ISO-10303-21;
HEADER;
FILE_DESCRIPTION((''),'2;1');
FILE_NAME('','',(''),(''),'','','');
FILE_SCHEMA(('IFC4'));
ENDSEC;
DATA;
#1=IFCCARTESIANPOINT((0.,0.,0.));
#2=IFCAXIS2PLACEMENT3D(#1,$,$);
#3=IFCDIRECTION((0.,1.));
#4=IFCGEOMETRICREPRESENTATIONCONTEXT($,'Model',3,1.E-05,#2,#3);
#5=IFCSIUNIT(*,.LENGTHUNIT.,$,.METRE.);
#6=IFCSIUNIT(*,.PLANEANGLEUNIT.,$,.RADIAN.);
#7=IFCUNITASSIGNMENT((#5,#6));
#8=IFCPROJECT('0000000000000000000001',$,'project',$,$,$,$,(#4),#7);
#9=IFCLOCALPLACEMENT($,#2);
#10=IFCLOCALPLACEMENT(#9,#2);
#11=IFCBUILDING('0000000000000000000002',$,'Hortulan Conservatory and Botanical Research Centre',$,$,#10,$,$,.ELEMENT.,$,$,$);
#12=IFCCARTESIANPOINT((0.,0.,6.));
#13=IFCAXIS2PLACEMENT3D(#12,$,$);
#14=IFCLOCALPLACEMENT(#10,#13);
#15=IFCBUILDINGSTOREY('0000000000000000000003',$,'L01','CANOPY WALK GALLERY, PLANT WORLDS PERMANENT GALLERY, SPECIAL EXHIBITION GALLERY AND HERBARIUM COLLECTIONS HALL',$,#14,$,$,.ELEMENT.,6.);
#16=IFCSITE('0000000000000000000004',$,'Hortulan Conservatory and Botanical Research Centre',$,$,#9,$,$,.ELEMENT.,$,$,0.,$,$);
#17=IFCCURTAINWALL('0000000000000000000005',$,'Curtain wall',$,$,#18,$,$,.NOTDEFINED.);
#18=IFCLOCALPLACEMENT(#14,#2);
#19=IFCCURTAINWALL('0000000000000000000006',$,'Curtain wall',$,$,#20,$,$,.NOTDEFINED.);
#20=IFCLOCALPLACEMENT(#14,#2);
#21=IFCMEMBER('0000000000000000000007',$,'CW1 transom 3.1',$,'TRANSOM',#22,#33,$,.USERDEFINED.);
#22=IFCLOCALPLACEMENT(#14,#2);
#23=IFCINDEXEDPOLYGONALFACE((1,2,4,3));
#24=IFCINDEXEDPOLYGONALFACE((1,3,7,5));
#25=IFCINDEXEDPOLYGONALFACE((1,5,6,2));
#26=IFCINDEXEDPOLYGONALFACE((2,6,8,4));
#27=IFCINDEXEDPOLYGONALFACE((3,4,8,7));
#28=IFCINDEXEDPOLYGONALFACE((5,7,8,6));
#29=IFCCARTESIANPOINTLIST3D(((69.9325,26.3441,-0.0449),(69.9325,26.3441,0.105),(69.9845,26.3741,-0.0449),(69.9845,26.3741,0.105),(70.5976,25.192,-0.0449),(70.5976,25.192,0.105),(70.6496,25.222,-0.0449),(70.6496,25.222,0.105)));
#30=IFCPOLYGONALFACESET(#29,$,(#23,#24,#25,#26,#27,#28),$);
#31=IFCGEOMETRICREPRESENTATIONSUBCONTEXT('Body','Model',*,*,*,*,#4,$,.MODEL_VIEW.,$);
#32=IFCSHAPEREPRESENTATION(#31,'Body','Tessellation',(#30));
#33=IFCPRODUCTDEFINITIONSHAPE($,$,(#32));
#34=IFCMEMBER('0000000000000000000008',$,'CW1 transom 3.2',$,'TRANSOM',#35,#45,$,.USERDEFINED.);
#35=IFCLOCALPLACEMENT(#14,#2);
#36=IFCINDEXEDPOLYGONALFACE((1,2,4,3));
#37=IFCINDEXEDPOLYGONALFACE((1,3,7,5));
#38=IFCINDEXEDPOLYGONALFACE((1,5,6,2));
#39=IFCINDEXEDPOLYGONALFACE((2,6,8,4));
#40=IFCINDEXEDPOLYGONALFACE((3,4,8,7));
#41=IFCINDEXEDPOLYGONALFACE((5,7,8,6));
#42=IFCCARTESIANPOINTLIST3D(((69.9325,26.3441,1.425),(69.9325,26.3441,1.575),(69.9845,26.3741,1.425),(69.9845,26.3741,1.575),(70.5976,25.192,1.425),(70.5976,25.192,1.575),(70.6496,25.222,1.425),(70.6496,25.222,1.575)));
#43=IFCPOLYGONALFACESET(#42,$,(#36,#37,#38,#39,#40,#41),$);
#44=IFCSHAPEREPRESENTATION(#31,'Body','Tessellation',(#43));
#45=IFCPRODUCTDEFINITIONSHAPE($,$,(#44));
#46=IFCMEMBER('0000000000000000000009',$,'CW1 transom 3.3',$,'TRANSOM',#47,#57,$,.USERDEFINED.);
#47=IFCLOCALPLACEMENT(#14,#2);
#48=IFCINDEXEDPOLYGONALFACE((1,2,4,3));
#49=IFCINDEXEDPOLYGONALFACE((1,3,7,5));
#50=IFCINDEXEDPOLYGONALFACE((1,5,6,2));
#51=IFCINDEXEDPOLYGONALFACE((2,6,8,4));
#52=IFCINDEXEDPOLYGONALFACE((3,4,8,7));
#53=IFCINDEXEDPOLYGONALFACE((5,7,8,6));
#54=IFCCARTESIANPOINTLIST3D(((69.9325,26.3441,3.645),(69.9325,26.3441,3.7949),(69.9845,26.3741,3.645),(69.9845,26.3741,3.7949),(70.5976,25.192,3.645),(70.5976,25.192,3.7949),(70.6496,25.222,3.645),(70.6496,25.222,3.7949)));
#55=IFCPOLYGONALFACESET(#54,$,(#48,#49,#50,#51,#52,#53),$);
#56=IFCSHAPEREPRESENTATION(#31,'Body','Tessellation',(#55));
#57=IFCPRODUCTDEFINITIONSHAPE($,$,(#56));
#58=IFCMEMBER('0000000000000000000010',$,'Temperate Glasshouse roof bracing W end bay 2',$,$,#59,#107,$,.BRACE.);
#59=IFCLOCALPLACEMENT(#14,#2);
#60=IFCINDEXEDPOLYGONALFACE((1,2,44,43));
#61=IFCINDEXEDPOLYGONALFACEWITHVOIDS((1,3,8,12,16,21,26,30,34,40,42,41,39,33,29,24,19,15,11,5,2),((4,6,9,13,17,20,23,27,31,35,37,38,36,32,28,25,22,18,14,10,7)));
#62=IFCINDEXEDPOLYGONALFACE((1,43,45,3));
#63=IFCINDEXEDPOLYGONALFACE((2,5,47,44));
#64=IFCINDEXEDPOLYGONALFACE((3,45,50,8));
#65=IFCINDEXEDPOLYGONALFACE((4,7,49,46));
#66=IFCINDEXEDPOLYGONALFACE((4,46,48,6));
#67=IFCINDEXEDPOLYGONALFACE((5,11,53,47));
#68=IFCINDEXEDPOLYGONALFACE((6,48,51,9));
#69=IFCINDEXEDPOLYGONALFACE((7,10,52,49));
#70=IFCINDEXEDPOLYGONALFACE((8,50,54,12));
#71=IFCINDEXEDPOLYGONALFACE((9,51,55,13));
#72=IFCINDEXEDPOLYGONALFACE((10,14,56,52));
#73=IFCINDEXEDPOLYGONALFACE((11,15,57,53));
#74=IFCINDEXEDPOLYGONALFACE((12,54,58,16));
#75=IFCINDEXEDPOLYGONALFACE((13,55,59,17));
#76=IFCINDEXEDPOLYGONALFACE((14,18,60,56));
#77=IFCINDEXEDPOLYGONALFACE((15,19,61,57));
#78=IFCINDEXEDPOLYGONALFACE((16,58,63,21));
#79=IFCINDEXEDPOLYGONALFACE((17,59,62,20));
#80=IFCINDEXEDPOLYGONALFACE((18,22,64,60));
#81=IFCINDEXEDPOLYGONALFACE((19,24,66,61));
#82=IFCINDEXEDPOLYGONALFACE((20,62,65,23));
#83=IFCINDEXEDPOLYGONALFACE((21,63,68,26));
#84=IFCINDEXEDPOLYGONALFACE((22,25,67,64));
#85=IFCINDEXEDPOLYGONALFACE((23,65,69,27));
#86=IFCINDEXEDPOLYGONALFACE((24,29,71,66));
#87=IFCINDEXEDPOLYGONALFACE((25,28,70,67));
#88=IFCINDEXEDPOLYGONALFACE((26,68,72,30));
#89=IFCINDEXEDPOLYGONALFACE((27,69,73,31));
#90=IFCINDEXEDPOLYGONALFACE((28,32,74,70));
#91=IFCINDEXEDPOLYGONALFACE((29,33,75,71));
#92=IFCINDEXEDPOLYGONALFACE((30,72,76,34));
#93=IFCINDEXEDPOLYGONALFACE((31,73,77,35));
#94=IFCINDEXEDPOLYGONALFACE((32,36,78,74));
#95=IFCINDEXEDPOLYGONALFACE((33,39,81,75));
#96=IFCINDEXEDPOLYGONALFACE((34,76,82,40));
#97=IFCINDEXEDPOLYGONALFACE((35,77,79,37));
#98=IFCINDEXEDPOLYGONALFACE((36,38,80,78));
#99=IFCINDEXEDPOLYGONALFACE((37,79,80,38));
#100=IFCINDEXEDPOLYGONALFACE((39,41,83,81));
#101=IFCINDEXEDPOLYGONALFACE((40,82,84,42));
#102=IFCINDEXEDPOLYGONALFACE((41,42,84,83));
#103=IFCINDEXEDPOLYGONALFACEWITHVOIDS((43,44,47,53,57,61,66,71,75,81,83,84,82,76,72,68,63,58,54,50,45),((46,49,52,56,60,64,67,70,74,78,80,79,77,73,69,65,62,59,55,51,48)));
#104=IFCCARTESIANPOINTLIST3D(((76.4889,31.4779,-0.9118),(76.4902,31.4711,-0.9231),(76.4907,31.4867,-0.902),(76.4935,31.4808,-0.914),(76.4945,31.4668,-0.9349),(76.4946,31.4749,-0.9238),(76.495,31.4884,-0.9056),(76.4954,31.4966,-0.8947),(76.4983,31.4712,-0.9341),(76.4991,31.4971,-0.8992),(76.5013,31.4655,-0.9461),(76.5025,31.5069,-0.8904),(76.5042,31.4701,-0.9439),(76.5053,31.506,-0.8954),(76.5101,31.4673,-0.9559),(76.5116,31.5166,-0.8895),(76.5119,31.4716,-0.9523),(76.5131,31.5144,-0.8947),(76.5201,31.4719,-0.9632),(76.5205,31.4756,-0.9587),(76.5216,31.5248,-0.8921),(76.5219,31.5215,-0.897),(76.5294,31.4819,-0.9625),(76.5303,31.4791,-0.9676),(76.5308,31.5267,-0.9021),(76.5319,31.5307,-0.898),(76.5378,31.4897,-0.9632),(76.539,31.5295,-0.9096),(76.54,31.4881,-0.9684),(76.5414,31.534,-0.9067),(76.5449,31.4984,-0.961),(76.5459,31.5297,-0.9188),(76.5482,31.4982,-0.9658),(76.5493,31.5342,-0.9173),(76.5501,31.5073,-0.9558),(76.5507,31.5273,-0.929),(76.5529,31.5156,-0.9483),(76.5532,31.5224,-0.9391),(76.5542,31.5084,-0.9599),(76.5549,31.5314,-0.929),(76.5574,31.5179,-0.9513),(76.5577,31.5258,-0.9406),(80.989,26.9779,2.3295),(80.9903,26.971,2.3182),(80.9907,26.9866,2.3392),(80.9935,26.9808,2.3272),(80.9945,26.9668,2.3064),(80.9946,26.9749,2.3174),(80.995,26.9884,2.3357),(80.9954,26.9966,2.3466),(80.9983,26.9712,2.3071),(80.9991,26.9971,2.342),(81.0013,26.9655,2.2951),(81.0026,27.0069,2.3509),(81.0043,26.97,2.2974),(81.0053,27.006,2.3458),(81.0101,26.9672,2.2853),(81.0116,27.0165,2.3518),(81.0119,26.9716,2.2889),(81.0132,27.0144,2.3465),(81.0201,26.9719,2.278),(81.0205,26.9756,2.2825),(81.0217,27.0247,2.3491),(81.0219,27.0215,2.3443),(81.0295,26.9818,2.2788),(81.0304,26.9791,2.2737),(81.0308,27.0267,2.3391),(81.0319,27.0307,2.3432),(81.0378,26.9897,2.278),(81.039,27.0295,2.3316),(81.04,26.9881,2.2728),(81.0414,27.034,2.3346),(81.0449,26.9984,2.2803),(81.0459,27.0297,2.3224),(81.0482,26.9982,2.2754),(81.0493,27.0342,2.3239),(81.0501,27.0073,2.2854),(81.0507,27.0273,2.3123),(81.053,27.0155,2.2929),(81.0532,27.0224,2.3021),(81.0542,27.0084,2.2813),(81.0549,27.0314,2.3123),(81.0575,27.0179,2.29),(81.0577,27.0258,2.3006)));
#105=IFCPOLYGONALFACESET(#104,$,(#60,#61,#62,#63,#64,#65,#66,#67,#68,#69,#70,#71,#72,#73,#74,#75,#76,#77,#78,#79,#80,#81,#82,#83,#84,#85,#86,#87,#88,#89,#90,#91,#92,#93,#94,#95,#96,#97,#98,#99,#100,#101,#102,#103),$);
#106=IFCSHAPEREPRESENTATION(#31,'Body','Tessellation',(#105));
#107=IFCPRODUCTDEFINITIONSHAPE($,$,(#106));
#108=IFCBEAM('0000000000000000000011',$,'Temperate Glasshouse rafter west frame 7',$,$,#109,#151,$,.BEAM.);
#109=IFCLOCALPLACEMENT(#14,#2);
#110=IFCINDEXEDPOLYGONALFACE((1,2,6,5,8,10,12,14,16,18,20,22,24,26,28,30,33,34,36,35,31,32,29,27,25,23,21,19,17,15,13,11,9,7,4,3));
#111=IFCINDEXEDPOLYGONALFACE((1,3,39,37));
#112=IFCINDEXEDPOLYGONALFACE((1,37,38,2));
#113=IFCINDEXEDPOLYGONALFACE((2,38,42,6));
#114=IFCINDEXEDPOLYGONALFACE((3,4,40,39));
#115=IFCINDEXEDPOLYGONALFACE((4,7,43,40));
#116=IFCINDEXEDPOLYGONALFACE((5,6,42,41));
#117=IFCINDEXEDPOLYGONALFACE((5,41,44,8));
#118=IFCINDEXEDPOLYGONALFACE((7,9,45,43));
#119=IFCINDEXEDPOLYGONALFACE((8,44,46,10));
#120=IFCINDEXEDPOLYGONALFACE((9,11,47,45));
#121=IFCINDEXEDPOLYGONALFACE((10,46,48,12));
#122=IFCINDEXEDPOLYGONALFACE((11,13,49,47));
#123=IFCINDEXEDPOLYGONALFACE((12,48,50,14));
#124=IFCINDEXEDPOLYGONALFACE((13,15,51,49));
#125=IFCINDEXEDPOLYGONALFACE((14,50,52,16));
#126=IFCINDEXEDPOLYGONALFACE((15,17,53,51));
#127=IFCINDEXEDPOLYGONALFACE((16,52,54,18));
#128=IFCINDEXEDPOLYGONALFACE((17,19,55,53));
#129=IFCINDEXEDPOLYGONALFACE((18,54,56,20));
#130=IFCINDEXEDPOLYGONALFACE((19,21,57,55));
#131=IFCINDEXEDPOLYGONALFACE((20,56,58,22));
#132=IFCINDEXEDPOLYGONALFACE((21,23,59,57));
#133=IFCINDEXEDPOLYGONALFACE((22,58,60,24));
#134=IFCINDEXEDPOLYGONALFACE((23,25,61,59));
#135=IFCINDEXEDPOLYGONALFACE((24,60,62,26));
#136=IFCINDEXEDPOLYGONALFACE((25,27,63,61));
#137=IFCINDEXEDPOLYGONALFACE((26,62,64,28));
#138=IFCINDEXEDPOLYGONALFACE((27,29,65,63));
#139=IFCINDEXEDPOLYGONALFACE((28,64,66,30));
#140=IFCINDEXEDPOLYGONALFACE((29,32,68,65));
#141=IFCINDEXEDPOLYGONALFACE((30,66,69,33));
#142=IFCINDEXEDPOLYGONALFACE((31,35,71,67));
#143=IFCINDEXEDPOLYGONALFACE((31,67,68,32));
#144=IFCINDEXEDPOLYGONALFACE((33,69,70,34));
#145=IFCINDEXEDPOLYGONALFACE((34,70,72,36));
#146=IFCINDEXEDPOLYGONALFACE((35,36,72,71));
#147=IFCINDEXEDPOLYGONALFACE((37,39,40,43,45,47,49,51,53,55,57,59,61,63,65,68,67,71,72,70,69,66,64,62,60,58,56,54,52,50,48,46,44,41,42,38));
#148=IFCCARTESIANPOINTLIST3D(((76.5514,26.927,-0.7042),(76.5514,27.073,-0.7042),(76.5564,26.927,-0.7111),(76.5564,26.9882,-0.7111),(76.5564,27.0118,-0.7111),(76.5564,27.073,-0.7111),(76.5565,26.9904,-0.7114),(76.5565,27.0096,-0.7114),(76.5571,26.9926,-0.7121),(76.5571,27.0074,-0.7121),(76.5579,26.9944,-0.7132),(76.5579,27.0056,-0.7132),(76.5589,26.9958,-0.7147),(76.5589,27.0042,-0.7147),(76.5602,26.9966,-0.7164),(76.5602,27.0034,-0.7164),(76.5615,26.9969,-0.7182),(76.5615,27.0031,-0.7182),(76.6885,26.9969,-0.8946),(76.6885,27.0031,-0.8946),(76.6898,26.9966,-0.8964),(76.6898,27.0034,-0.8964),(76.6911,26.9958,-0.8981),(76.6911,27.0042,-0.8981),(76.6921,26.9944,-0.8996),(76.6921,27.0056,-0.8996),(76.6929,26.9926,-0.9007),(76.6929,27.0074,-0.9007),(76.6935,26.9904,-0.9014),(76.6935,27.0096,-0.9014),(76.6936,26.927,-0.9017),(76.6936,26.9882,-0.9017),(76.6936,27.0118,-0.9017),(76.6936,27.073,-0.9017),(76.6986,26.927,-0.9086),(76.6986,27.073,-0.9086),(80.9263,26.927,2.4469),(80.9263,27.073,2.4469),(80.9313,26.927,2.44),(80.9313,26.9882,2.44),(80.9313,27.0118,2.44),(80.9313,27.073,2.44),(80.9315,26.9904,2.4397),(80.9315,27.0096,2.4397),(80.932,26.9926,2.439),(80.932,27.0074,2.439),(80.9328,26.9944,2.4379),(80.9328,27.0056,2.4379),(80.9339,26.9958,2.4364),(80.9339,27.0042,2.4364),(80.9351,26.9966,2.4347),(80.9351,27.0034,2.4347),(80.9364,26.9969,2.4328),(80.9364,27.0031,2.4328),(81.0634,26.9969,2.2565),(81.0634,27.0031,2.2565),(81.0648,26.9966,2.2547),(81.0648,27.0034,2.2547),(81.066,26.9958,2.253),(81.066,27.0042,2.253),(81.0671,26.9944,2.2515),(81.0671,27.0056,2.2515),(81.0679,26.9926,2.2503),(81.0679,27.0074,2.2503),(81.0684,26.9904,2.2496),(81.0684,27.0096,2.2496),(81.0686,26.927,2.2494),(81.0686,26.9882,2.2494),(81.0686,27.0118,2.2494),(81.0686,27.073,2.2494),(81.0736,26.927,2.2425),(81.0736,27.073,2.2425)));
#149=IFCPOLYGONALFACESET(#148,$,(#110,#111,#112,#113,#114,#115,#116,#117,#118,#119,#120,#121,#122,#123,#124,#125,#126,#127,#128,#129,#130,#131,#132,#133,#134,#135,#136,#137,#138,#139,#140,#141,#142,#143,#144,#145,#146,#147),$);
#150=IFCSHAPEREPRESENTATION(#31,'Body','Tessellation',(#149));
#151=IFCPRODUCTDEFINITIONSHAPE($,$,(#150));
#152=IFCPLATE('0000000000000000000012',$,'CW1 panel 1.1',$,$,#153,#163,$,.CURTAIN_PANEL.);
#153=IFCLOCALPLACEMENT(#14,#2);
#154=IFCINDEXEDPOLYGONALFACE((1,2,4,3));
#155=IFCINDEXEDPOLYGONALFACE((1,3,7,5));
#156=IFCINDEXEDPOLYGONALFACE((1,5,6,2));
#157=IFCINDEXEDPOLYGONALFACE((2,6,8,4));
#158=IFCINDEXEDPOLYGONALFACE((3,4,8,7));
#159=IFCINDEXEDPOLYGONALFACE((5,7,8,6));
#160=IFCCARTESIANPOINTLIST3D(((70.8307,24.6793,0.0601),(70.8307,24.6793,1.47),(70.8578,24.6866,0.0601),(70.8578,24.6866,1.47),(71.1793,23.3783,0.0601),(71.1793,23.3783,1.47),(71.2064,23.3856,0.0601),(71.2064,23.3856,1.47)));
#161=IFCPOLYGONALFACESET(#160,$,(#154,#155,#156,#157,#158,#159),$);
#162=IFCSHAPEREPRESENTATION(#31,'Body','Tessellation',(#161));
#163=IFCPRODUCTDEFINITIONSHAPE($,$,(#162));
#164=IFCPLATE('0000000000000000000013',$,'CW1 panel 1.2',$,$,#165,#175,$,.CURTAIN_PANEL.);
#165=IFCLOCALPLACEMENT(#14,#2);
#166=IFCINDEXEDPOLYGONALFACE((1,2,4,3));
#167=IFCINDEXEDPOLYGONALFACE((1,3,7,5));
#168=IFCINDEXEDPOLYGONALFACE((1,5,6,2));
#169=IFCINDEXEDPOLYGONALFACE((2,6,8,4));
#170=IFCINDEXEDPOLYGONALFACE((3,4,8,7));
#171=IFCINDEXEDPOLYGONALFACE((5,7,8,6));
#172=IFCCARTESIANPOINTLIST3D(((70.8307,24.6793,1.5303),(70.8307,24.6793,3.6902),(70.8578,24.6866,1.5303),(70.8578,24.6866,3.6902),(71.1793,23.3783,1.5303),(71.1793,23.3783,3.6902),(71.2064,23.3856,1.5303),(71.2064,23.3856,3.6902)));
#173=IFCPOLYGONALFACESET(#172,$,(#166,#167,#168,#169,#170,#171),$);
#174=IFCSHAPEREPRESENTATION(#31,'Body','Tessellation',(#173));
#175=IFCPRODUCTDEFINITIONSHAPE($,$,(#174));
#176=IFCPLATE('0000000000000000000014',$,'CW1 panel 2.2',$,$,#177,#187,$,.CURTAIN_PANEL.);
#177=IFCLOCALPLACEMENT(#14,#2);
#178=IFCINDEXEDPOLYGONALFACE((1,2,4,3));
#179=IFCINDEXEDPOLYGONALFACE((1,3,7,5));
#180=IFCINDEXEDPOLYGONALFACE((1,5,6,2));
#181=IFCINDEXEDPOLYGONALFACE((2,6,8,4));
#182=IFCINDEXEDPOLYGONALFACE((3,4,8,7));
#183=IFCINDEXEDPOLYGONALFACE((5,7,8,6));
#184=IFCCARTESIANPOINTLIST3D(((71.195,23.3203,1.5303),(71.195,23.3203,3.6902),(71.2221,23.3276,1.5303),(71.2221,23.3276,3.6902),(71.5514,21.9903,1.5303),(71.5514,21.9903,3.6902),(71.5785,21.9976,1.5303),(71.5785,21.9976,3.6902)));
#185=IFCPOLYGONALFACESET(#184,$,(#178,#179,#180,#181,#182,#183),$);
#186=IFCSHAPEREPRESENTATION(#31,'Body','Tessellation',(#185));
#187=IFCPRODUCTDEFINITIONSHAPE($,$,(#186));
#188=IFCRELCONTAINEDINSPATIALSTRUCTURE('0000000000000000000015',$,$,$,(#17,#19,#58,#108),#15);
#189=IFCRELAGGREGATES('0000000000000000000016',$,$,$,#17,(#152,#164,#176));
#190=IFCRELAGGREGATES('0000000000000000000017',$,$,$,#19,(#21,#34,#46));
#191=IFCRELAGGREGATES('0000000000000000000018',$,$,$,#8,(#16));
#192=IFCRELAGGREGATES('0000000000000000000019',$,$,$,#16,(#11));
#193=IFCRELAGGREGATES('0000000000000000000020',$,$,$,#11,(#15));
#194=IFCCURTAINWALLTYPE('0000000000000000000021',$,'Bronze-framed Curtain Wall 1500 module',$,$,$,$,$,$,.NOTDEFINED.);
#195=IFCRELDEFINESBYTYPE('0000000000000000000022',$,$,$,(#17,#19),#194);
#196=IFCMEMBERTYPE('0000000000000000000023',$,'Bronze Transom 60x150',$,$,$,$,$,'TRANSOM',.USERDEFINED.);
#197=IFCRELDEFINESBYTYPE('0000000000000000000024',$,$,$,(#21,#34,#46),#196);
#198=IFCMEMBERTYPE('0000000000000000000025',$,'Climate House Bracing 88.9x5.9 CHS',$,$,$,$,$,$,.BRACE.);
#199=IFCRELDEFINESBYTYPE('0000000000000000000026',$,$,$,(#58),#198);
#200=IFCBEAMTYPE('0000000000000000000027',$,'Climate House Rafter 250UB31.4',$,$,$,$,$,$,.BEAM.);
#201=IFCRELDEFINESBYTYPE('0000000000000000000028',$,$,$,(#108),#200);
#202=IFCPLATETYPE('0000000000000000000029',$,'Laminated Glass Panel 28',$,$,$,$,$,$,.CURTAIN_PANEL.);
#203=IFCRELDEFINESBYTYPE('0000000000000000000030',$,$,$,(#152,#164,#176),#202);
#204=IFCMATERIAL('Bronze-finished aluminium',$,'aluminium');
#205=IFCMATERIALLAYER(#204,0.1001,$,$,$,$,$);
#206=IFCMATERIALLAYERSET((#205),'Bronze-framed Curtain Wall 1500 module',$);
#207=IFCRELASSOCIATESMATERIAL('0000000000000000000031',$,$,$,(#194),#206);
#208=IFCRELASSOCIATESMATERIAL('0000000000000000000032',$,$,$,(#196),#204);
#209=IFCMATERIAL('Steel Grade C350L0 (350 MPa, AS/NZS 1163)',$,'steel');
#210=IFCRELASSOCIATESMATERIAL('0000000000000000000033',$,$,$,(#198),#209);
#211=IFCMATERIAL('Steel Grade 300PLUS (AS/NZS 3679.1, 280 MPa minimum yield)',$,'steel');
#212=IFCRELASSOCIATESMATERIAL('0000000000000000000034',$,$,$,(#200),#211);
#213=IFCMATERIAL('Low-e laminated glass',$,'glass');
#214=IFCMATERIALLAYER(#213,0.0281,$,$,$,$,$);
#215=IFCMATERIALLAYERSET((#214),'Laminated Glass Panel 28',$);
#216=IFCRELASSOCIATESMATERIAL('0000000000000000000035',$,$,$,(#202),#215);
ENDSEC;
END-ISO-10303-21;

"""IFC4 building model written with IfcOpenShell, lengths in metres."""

from ifc_helpers import new_model, si_unit, direction, frame, origin, origin_2d, place, context, subcontext, project, spatial, rectangle, hollow_circle, i_section, extrude, material, layer, layer_set, material_profile, profile_set, type_object, element, aggregate, save


model = new_model("IFC4")

# Units and contexts
model_context = context("Model", 3, precision=1e-05, world=origin(), true_north=direction((0.0, 1.0)))
body_context = subcontext(model_context, "Body", "Model", "MODEL_VIEW")
ifc_project = project(units=[si_unit("LENGTHUNIT", "METRE"), si_unit("PLANEANGLEUNIT", "RADIAN")], contexts=[model_context])

# Site, building, storey
site_placement = place(None, origin())
site = spatial("IfcSite", under=ifc_project, at=site_placement, Name="Hortulan Conservatory and Botanical Research Centre", CompositionType="ELEMENT", RefElevation=0.0)
building_placement = place(site_placement, origin())
building = spatial("IfcBuilding", under=site, at=building_placement, Name="Hortulan Conservatory and Botanical Research Centre", CompositionType="ELEMENT")
storey_placement = place(building_placement, frame((0.0, 0.0, 6.0)))
storey = spatial("IfcBuildingStorey", under=building, at=storey_placement, Name="L01", Description="CANOPY WALK GALLERY, PLANT WORLDS PERMANENT GALLERY, SPECIAL EXHIBITION GALLERY AND HERBARIUM COLLECTIONS HALL", CompositionType="ELEMENT", Elevation=6.0)

# Curtain wall
ifc_material_1 = material(Name="Bronze-finished aluminium", Category="aluminium")
ifc_layer_1 = layer(ifc_material_1, 0.1001)
ifc_layer_set_1 = layer_set([ifc_layer_1], Name="Bronze-framed Curtain Wall 1500 module")
curtain_wall_type = type_object("IfcCurtainWallType", Name="Bronze-framed Curtain Wall 1500 module", PredefinedType="NOTDEFINED", material=ifc_layer_set_1)
curtain_wall_1_placement = place(storey_placement, origin())
curtain_wall_1 = element("IfcCurtainWall", 1, at=curtain_wall_1_placement, inside=storey, type_object=curtain_wall_type, Name="Curtain wall", PredefinedType="NOTDEFINED")

# Curtain wall
curtain_wall_2_placement = place(storey_placement, origin())
curtain_wall_2 = element("IfcCurtainWall", 2, at=curtain_wall_2_placement, inside=storey, type_object=curtain_wall_type, Name="Curtain wall", PredefinedType="NOTDEFINED")

# Members
ifc_material_profile_1 = material_profile(ifc_material_1, rectangle(XDim=0.0601, YDim=0.1499, at=origin_2d()), Name="Bronze Transom 60x150")
ifc_profile_set_1 = profile_set([ifc_material_profile_1], Name="Bronze-finished aluminium")
member_type_1 = type_object("IfcMemberType", Name="Bronze Transom 60x150", ElementType="TRANSOM", PredefinedType="USERDEFINED", material=ifc_profile_set_1)
member_1_placement = place(storey_placement, frame((69.9585, 26.3591, 0.03), z_axis=(0.499929, -0.866066, 0.0), x_axis=(0.866066, 0.499929, 0.0)))
member_1 = element("IfcMember", 3, at=member_1_placement, type_object=member_type_1, Name="CW1 transom 3.1", ObjectType="TRANSOM", PredefinedType="USERDEFINED", context=body_context, shape_type="SweptSolid", body=[
    extrude(rectangle(XDim=0.0601, YDim=0.1499, at=origin_2d()), origin(), (0.0, 0.0, 1.0), 1.3303),
])
member_2_placement = place(storey_placement, frame((69.9585, 26.3591, 1.5), z_axis=(0.499929, -0.866066, 0.0), x_axis=(0.866066, 0.499929, 0.0)))
member_2 = element("IfcMember", 4, at=member_2_placement, type_object=member_type_1, Name="CW1 transom 3.2", ObjectType="TRANSOM", PredefinedType="USERDEFINED", context=body_context, shape_type="SweptSolid", body=[
    extrude(rectangle(XDim=0.0601, YDim=0.1499, at=origin_2d()), origin(), (0.0, 0.0, 1.0), 1.3303),
])
member_3_placement = place(storey_placement, frame((69.9585, 26.3591, 3.72), z_axis=(0.499929, -0.866066, 0.0), x_axis=(0.866066, 0.499929, 0.0)))
member_3 = element("IfcMember", 5, at=member_3_placement, type_object=member_type_1, Name="CW1 transom 3.3", ObjectType="TRANSOM", PredefinedType="USERDEFINED", context=body_context, shape_type="SweptSolid", body=[
    extrude(rectangle(XDim=0.0601, YDim=0.1499, at=origin_2d()), origin(), (0.0, 0.0, 1.0), 1.3303),
])
ifc_material_2 = material(Name="Steel Grade C350L0 (350 MPa, AS/NZS 1163)", Category="steel")
ifc_material_profile_2 = material_profile(ifc_material_2, hollow_circle(Radius=0.0444, WallThickness=0.0059, at=origin_2d()), Name="88.9x5.9CHS")
ifc_profile_set_2 = profile_set([ifc_material_profile_2], Name="Steel Grade C350L0 (350 MPa, AS/NZS 1163)")
member_type_2 = type_object("IfcMemberType", Name="Climate House Bracing 88.9x5.9 CHS", PredefinedType="BRACE", material=ifc_profile_set_2)
member_4_placement = place(storey_placement, frame((76.5234, 31.5, -0.929), z_axis=(0.630092, -0.630092, 0.453836), x_axis=(0.707107, 0.707107, 0.0)))
element("IfcMember", 6, at=member_4_placement, inside=storey, type_object=member_type_2, Name="Temperate Glasshouse roof bracing W end bay 2", PredefinedType="BRACE", context=body_context, shape_type="SweptSolid", body=[
    extrude(hollow_circle(Radius=0.0444, WallThickness=0.0059, at=origin_2d()), origin(), (0.0, 0.0, 1.0), 7.1418),
])

# Beam
ifc_material_3 = material(Name="Steel Grade 300PLUS (AS/NZS 3679.1, 280 MPa minimum yield)", Category="steel")
ifc_material_profile_3 = material_profile(ifc_material_3, i_section(OverallWidth=0.146, OverallDepth=0.252, WebThickness=0.0061, FlangeThickness=0.0085, FilletRadius=0.0088, at=origin_2d()), Name="250UB31.4")
ifc_profile_set_3 = profile_set([ifc_material_profile_3], Name="Steel Grade 300PLUS (AS/NZS 3679.1, 280 MPa minimum yield)")
beam_type = type_object("IfcBeamType", Name="Climate House Rafter 250UB31.4", PredefinedType="BEAM", material=ifc_profile_set_3)
beam_placement = place(storey_placement, frame((76.625, 27.0, -0.8064), z_axis=(0.811436, 0.0, 0.584442), x_axis=(0.0, 1.0, 0.0)))
element("IfcBeam", 7, at=beam_placement, inside=storey, type_object=beam_type, Name="Temperate Glasshouse rafter west frame 7", PredefinedType="BEAM", context=body_context, shape_type="SweptSolid", body=[
    extrude(i_section(OverallWidth=0.146, OverallDepth=0.252, WebThickness=0.0061, FlangeThickness=0.0085, FilletRadius=0.0088, at=origin_2d()), origin(), (0.0, 0.0, 1.0), 5.3916),
])

# Plates
ifc_material_4 = material(Name="Low-e laminated glass", Category="glass")
ifc_layer_2 = layer(ifc_material_4, 0.0281)
ifc_layer_set_2 = layer_set([ifc_layer_2], Name="Laminated Glass Panel 28")
plate_type = type_object("IfcPlateType", Name="Laminated Glass Panel 28", PredefinedType="CURTAIN_PANEL", material=ifc_layer_set_2)
plate_1_placement = place(storey_placement, frame((71.0186, 24.0325, 0.0601), z_axis=(0.0, 0.0, 1.0), x_axis=(0.258832, -0.965922, 0.0)))
plate_1 = element("IfcPlate", 8, at=plate_1_placement, type_object=plate_type, Name="CW1 panel 1.1", PredefinedType="CURTAIN_PANEL", context=body_context, shape_type="SweptSolid", body=[
    extrude(rectangle(XDim=1.3469, YDim=0.0281, at=origin_2d()), origin(), (0.0, 0.0, 1.0), 1.4099),
])
plate_2_placement = place(storey_placement, frame((71.0186, 24.0325, 1.5303), z_axis=(0.0, 0.0, 1.0), x_axis=(0.258832, -0.965922, 0.0)))
plate_2 = element("IfcPlate", 9, at=plate_2_placement, type_object=plate_type, Name="CW1 panel 1.2", PredefinedType="CURTAIN_PANEL", context=body_context, shape_type="SweptSolid", body=[
    extrude(rectangle(XDim=1.3469, YDim=0.0281, at=origin_2d()), origin(), (0.0, 0.0, 1.0), 2.1599),
])
plate_3_placement = place(storey_placement, frame((71.3867, 22.6589, 1.5303), z_axis=(0.0, 0.0, 1.0), x_axis=(0.258832, -0.965922, 0.0)))
plate_3 = element("IfcPlate", 10, at=plate_3_placement, type_object=plate_type, Name="CW1 panel 2.2", PredefinedType="CURTAIN_PANEL", context=body_context, shape_type="SweptSolid", body=[
    extrude(rectangle(XDim=1.377, YDim=0.0281, at=origin_2d()), origin(), (0.0, 0.0, 1.0), 2.1599),
])
aggregate(curtain_wall_1, [plate_1, plate_2, plate_3])
aggregate(curtain_wall_2, [member_1, member_2, member_3])

save(model, "model.ifc")
